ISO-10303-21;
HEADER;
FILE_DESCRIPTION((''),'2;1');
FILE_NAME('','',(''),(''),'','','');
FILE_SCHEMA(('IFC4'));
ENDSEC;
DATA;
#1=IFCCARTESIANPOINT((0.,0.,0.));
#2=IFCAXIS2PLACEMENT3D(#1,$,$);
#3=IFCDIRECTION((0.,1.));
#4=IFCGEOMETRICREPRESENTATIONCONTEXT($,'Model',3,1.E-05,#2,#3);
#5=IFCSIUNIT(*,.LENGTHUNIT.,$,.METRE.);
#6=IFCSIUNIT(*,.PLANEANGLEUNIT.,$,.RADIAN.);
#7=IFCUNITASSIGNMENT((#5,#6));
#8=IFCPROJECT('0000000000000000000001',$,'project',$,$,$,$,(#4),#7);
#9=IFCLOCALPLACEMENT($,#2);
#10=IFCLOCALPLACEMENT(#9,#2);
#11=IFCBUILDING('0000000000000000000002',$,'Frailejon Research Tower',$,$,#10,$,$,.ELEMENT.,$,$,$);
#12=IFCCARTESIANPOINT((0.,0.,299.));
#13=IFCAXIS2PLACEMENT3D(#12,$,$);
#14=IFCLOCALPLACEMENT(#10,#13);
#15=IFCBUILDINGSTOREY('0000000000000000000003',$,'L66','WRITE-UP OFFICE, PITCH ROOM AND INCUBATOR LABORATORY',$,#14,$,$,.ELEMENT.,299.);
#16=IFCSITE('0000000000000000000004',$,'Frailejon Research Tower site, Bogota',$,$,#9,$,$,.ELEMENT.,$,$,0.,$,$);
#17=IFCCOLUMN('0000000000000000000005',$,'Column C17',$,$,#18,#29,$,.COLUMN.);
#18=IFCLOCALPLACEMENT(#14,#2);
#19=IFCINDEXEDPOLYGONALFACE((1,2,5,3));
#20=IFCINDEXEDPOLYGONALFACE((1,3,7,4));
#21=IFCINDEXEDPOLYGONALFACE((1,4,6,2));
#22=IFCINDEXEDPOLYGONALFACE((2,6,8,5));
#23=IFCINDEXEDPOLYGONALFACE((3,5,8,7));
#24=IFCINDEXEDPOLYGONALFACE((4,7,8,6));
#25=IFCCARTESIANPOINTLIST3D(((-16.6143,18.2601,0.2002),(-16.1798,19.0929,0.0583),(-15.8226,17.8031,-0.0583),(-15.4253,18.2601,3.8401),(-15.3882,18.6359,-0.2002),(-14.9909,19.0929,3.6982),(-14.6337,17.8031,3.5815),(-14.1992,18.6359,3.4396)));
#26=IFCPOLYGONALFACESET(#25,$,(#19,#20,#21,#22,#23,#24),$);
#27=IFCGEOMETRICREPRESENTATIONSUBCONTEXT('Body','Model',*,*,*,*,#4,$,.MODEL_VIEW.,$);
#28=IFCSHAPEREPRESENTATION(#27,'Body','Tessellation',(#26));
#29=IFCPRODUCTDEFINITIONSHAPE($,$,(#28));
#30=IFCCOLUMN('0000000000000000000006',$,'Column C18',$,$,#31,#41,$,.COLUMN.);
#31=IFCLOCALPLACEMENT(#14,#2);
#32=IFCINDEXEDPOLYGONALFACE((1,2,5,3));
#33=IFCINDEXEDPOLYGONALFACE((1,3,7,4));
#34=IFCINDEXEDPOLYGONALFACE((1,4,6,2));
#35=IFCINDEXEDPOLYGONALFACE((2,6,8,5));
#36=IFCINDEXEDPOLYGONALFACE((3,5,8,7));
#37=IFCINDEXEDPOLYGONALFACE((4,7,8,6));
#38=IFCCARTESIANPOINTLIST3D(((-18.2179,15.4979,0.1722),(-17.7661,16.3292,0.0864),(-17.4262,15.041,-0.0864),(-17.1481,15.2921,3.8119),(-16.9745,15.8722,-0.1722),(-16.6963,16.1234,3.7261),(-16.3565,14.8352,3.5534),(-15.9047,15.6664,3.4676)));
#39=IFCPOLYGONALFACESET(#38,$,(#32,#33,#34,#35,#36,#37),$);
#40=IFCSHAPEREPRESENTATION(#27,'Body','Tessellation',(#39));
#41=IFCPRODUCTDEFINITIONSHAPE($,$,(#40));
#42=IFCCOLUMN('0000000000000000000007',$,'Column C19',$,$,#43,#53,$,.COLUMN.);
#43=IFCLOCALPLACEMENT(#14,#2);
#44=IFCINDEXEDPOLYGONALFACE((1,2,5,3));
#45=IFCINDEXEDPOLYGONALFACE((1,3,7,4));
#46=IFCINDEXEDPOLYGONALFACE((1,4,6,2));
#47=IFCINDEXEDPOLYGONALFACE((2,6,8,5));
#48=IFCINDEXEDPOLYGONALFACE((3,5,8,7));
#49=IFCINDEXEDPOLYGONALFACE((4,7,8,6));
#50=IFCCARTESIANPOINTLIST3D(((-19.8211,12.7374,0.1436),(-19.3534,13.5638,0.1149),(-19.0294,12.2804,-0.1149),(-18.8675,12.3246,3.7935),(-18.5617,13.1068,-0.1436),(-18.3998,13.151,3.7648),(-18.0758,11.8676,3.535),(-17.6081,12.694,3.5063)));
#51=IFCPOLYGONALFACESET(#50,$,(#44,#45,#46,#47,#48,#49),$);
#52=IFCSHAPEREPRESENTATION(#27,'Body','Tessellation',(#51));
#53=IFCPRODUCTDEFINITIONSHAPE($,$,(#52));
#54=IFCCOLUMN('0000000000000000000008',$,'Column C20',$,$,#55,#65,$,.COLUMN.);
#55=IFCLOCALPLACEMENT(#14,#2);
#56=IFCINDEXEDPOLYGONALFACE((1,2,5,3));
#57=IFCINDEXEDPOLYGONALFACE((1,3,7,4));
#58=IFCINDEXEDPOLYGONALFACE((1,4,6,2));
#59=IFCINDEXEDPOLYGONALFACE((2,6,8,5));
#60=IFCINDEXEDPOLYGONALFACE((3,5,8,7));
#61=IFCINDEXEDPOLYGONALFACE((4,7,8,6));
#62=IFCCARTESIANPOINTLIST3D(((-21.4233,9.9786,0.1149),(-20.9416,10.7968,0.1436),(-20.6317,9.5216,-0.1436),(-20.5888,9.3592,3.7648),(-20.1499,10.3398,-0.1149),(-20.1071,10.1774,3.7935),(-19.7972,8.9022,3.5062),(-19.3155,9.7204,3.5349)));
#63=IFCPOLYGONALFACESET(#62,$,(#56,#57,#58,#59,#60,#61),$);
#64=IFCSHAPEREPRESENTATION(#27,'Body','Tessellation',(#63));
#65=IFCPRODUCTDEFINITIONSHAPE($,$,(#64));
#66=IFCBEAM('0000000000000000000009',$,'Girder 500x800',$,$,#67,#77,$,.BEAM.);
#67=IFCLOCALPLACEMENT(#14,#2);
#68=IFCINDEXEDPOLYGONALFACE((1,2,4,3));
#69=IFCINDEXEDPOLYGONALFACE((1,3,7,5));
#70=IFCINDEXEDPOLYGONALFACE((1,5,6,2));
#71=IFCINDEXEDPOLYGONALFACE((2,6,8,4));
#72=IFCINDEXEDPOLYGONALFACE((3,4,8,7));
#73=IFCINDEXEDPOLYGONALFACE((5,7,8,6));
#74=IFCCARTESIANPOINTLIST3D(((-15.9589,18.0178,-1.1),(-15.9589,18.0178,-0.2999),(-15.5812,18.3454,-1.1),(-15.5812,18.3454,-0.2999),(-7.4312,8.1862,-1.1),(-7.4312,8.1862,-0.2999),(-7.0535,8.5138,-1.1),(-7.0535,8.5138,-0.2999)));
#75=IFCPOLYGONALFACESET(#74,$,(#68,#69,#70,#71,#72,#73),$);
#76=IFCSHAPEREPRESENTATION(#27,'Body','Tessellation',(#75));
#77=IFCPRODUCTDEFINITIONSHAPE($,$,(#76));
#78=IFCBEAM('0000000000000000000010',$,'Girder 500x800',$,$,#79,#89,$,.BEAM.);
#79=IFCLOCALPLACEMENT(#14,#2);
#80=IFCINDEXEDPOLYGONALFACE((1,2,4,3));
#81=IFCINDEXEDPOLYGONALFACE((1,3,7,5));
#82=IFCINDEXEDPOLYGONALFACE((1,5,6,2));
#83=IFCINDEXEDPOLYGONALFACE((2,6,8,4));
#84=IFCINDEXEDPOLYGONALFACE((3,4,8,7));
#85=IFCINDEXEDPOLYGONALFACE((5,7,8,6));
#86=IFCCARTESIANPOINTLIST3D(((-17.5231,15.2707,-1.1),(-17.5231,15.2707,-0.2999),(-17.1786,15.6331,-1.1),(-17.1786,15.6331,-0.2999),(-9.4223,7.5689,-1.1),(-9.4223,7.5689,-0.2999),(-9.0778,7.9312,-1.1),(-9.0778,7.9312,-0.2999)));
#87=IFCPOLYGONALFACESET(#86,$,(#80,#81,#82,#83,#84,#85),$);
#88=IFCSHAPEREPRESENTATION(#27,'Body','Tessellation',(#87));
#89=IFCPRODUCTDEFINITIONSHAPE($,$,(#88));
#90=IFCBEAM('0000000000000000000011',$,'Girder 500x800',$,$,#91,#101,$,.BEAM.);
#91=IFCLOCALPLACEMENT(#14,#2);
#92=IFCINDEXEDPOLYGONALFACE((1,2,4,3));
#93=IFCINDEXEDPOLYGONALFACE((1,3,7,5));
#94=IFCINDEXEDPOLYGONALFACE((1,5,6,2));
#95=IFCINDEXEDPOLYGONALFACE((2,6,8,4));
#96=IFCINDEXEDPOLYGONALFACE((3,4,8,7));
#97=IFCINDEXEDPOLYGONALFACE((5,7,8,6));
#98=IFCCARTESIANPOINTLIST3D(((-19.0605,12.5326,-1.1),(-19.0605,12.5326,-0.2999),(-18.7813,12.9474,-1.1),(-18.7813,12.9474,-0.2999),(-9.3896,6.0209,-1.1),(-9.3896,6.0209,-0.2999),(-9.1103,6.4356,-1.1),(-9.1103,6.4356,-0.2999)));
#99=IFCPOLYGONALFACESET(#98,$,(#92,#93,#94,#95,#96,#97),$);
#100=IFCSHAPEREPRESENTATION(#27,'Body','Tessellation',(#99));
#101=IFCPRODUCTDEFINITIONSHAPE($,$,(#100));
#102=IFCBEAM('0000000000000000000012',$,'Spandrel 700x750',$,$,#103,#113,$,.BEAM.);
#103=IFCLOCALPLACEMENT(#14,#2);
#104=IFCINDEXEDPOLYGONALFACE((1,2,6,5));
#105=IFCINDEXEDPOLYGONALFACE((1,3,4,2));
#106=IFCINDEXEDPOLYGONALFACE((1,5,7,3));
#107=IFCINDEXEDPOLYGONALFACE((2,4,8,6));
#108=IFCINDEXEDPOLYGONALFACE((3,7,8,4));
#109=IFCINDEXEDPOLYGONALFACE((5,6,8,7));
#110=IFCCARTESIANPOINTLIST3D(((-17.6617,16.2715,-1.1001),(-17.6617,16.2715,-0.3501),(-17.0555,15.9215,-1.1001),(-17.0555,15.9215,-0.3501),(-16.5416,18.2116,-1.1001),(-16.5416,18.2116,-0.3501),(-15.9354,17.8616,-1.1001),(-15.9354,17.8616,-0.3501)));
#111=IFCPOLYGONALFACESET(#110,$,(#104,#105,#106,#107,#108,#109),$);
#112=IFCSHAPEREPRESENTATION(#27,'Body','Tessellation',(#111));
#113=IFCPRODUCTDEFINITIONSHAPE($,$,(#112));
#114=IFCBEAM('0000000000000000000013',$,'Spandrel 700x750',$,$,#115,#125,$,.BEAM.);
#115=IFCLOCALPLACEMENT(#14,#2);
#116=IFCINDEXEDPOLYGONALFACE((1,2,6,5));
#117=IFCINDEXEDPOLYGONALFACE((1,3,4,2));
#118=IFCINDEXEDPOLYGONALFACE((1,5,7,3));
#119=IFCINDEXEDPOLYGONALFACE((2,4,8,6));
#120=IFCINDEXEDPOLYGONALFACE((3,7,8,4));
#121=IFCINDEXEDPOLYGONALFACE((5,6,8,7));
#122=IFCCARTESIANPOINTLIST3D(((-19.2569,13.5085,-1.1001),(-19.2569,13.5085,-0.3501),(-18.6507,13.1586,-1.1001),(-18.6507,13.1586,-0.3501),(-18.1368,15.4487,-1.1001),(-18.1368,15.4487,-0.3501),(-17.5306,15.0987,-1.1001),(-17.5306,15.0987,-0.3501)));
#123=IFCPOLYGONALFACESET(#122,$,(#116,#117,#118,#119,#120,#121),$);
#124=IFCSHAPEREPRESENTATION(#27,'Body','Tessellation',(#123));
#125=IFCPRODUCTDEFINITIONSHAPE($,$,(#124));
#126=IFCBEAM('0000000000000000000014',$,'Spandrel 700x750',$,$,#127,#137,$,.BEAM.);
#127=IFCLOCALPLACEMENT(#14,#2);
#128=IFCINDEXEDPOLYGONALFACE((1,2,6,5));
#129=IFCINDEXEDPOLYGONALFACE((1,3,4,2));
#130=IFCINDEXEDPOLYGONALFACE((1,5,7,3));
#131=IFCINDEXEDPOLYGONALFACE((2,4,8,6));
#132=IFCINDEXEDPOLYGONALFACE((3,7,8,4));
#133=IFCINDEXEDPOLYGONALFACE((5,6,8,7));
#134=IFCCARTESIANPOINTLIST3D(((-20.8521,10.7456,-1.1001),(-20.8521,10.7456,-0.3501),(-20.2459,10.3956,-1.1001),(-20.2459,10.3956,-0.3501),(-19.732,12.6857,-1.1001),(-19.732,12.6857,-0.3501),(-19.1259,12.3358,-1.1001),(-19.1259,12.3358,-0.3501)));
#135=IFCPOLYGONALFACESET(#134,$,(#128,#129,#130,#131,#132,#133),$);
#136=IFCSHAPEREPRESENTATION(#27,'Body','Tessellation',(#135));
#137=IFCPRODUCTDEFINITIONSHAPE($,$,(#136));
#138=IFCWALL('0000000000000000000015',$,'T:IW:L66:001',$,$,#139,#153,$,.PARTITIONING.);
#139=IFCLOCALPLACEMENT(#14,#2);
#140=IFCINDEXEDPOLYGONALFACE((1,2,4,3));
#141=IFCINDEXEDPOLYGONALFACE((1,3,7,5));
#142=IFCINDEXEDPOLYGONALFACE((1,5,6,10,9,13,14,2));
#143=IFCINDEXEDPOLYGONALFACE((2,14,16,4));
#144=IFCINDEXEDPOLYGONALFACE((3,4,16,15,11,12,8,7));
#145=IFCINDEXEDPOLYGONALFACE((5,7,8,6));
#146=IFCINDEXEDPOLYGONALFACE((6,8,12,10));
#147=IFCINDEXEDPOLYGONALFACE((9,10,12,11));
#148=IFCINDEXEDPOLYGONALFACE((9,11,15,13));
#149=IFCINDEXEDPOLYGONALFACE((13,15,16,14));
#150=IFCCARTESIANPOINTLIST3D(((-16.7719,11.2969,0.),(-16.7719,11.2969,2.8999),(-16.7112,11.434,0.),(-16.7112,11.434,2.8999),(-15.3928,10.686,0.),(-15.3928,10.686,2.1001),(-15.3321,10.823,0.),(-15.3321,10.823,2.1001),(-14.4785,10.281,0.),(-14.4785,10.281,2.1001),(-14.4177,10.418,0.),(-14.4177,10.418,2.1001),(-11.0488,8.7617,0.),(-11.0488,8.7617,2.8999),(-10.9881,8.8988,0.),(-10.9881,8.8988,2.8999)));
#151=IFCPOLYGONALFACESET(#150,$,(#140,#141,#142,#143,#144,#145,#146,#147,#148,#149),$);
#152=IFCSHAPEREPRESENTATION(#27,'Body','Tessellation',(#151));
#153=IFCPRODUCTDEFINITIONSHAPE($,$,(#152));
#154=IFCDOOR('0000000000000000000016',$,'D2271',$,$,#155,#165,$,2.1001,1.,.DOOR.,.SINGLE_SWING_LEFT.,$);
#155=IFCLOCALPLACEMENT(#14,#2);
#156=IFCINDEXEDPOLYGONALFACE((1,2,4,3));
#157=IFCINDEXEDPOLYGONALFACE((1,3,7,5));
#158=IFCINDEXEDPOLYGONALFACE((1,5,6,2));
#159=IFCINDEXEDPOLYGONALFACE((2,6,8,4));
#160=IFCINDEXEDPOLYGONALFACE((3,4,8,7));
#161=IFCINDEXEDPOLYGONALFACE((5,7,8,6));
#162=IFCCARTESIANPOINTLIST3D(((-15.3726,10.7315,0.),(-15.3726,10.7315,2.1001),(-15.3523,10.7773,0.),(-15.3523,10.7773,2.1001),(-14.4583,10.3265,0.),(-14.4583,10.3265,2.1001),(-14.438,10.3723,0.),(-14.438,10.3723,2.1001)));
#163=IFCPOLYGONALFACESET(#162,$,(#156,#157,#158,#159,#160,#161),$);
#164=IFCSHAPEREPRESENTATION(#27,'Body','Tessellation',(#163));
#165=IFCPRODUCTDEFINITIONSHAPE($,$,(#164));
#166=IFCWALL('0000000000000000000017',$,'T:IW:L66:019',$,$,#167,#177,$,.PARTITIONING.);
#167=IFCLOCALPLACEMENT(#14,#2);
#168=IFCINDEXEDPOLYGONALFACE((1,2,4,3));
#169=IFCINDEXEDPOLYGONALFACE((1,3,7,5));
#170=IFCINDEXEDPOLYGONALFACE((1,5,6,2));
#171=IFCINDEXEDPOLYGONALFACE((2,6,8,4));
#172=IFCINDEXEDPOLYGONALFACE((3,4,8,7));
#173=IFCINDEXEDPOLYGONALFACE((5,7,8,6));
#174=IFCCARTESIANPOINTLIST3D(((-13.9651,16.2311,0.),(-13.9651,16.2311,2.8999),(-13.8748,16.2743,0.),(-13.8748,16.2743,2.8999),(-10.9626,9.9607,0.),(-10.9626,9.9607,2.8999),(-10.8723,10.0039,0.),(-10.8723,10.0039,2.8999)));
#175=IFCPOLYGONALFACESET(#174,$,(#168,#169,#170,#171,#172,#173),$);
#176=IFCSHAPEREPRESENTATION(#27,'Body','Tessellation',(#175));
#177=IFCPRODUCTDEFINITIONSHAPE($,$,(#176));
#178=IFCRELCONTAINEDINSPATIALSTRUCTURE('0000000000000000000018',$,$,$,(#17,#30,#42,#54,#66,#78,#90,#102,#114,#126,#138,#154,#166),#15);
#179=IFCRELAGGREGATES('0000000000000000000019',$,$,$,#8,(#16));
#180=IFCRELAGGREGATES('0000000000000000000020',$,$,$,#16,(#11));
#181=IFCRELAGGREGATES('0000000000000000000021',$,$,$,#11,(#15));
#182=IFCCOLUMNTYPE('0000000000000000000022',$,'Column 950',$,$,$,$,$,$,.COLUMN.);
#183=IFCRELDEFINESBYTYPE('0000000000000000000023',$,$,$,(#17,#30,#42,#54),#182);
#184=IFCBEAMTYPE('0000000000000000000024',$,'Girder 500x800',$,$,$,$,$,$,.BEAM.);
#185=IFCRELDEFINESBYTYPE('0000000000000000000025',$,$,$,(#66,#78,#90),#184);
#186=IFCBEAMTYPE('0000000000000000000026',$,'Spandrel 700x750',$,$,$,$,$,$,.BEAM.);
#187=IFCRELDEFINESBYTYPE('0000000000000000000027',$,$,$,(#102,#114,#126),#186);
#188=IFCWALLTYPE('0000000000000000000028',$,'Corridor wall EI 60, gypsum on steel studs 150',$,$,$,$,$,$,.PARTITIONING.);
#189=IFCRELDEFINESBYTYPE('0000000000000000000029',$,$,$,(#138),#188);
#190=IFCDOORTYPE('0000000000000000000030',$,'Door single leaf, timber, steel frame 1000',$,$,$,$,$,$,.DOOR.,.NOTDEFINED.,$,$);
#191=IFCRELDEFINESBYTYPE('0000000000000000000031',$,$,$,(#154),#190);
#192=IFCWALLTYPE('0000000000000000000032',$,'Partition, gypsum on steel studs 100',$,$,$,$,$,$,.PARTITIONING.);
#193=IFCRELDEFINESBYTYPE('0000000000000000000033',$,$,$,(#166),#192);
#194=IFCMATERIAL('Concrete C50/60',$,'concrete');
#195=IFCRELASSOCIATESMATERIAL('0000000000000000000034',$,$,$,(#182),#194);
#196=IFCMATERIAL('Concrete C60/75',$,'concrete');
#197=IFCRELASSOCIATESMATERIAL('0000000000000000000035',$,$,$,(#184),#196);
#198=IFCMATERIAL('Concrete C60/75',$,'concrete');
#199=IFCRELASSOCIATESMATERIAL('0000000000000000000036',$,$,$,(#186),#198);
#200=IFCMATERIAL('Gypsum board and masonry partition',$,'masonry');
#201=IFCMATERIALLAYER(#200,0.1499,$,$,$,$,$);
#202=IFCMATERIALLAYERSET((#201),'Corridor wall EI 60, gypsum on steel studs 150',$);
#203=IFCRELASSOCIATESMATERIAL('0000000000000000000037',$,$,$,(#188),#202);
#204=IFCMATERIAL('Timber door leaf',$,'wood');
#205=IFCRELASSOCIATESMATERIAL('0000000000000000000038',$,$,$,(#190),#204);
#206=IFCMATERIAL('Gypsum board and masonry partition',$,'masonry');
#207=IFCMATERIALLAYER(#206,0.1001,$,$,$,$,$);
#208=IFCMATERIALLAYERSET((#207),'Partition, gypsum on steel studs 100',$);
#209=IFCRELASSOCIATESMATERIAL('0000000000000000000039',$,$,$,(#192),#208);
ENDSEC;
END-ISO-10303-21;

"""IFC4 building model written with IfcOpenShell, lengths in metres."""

from ifc_helpers import new_model, si_unit, direction, frame, frame_2d, origin, origin_2d, place, context, subcontext, project, spatial, rectangle, extrude, material, layer, layer_set, material_profile, profile_set, type_object, element, fill, save


model = new_model("IFC4")

# Units and contexts
model_context = context("Model", 3, precision=1e-05, world=origin(), true_north=direction((0.0, 1.0)))
body_context = subcontext(model_context, "Body", "Model", "MODEL_VIEW")
ifc_project = project(units=[si_unit("LENGTHUNIT", "METRE"), si_unit("PLANEANGLEUNIT", "RADIAN")], contexts=[model_context])

# Site, building, storey
site_placement = place(None, origin())
site = spatial("IfcSite", under=ifc_project, at=site_placement, Name="Frailejon Research Tower site, Bogota", CompositionType="ELEMENT", RefElevation=0.0)
building_placement = place(site_placement, origin())
building = spatial("IfcBuilding", under=site, at=building_placement, Name="Frailejon Research Tower", CompositionType="ELEMENT")
storey_placement = place(building_placement, frame((0.0, 0.0, 299.0)))
storey = spatial("IfcBuildingStorey", under=building, at=storey_placement, Name="L66", Description="WRITE-UP OFFICE, PITCH ROOM AND INCUBATOR LABORATORY", CompositionType="ELEMENT", Elevation=299.0)

# Columns
ifc_material_1 = material(Name="Concrete C50/60", Category="concrete")
ifc_material_profile_1 = material_profile(ifc_material_1, rectangle(XDim=0.95, YDim=0.95, at=origin_2d()), Name="Column 950")
ifc_profile_set_1 = profile_set([ifc_material_profile_1], Name="Concrete C50/60")
column_type = type_object("IfcColumnType", Name="Column 950", PredefinedType="COLUMN", material=ifc_profile_set_1)
column_1_placement = place(storey_placement, frame((-16.0012, 18.448, 0.0), z_axis=(0.310503, 0.0, 0.950572), x_axis=(-0.457344, -0.876652, 0.149391)))
element("IfcColumn", 1, at=column_1_placement, inside=storey, type_object=column_type, Name="Column C17", PredefinedType="COLUMN", context=body_context, shape_type="SweptSolid", body=[
    extrude(rectangle(XDim=0.95, YDim=0.95, at=origin_2d()), origin(), (0.0, 0.0, 1.0), 3.8291),
])
column_2_placement = place(storey_placement, frame((-17.5962, 15.6851, 0.0), z_axis=(0.281575, -0.054169, 0.958009), x_axis=(-0.475586, -0.875022, 0.090306)))
element("IfcColumn", 2, at=column_2_placement, inside=storey, type_object=column_type, Name="Column C18", PredefinedType="COLUMN", context=body_context, shape_type="SweptSolid", body=[
    extrude(rectangle(XDim=0.95, YDim=0.95, at=origin_2d()), origin(), (0.0, 0.0, 1.0), 3.7993),
])
for number, where, z_axis, x_axis, name in (
    (3, (-19.1914, 12.9221, 0.0), (0.251285, -0.108787, 0.96178), (-0.492313, -0.869893, 0.030233), "Column C19"),
    (4, (-20.7866, 10.1592, 0.0), (0.219889, -0.163212, 0.961775), (-0.507104, -0.861354, -0.030232), "Column C20"),
):
    element("IfcColumn", number, at=place(storey_placement, frame(where, z_axis=z_axis, x_axis=x_axis)), inside=storey, type_object=column_type, Name=name, PredefinedType="COLUMN", context=body_context, shape_type="SweptSolid", body=[
        extrude(rectangle(XDim=0.95, YDim=0.95, at=origin_2d()), origin(), (0.0, 0.0, 1.0), 3.7949),
    ])

# Beams
ifc_material_2 = material(Name="Concrete C60/75", Category="concrete")
ifc_material_profile_2 = material_profile(ifc_material_2, rectangle(XDim=0.5, YDim=0.8, at=origin_2d()), Name="Girder 500x800")
ifc_profile_set_2 = profile_set([ifc_material_profile_2], Name="Concrete C60/75")
beam_type_1 = type_object("IfcBeamType", Name="Girder 500x800", PredefinedType="BEAM", material=ifc_profile_set_2)
beam_1_placement = place(storey_placement, frame((-15.77, 18.1816, -0.7), z_axis=(0.655234, -0.755426, 0.0), x_axis=(0.755426, 0.655234, 0.0)))
element("IfcBeam", 5, at=beam_1_placement, inside=storey, type_object=beam_type_1, Name="Girder 500x800", PredefinedType="BEAM", context=body_context, shape_type="SweptSolid", body=[
    extrude(rectangle(XDim=0.5, YDim=0.8, at=origin_2d()), origin(), (0.0, 0.0, 1.0), 13.0146),
])
beam_2_placement = place(storey_placement, frame((-17.3508, 15.4519, -0.7), z_axis=(0.724726, -0.689037, 0.0), x_axis=(0.689037, 0.724726, 0.0)))
element("IfcBeam", 6, at=beam_2_placement, inside=storey, type_object=beam_type_1, Name="Girder 500x800", PredefinedType="BEAM", context=body_context, shape_type="SweptSolid", body=[
    extrude(rectangle(XDim=0.5, YDim=0.8, at=origin_2d()), origin(), (0.0, 0.0, 1.0), 11.1777),
])
beam_3_placement = place(storey_placement, frame((-18.9209, 12.74, -0.7), z_axis=(0.82949, -0.558522, 0.0), x_axis=(0.558522, 0.82949, 0.0)))
element("IfcBeam", 7, at=beam_3_placement, inside=storey, type_object=beam_type_1, Name="Girder 500x800", PredefinedType="BEAM", context=body_context, shape_type="SweptSolid", body=[
    extrude(rectangle(XDim=0.5, YDim=0.8, at=origin_2d()), origin(), (0.0, 0.0, 1.0), 11.6589),
])
ifc_material_3 = material(Name="Concrete C60/75", Category="concrete")
ifc_material_profile_3 = material_profile(ifc_material_3, rectangle(XDim=0.7, YDim=0.75, at=origin_2d()), Name="Spandrel 700x750")
ifc_profile_set_3 = profile_set([ifc_material_profile_3], Name="Concrete C60/75")
beam_type_2 = type_object("IfcBeamType", Name="Spandrel 700x750", PredefinedType="BEAM", material=ifc_profile_set_3)
for number, where, z_axis, x_axis, name in (
    (8, (-16.2385, 18.0366, -0.7251), (-0.499983, -0.866035, 0.0), (0.866035, -0.499983, 0.0), "Spandrel 700x750"),
    (9, (-17.8337, 15.2737, -0.7251), (-0.499983, -0.866035, 0.0), (0.866035, -0.499983, 0.0), "Spandrel 700x750"),
    (10, (-19.429, 12.5107, -0.7251), (-0.499983, -0.866035, 0.0), (0.866035, -0.499983, 0.0), "Spandrel 700x750"),
):
    element("IfcBeam", number, at=place(storey_placement, frame(where, z_axis=z_axis, x_axis=x_axis)), inside=storey, type_object=beam_type_2, Name=name, PredefinedType="BEAM", context=body_context, shape_type="SweptSolid", body=[
        extrude(rectangle(XDim=0.7, YDim=0.75, at=origin_2d()), origin(), (0.0, 0.0, 1.0), 2.2402),
    ])

# Wall, opening, door
ifc_material_4 = material(Name="Gypsum board and masonry partition", Category="masonry")
ifc_layer_1 = layer(ifc_material_4, 0.1499)
ifc_layer_set_1 = layer_set([ifc_layer_1], Name="Corridor wall EI 60, gypsum on steel studs 150")
wall_type_1 = type_object("IfcWallType", Name="Corridor wall EI 60, gypsum on steel studs 150", PredefinedType="PARTITIONING", material=ifc_layer_set_1)
wall_1_placement = place(storey_placement, frame((-16.7417, 11.3655, 0.0), z_axis=(0.0, 0.0, 1.0), x_axis=(0.914313, -0.405009, 0.0)))
wall_1 = element("IfcWall", 11, at=wall_1_placement, inside=storey, type_object=wall_type_1, Name="T:IW:L66:001", PredefinedType="PARTITIONING", context=body_context, shape_type="SweptSolid", body=[
    extrude(rectangle(XDim=6.2595, YDim=0.1499, at=frame_2d((3.1299, 0.0))), origin(), (0.0, 0.0, 1.0), 2.8999),
])
opening_1_placement = place(wall_1_placement, frame((1.5085, 0.0, 0.0)))
opening_1 = element("IfcOpeningElement", 12, at=opening_1_placement, cuts=wall_1, PredefinedType="OPENING", context=body_context, shape_type="SweptSolid", body=[
    extrude(rectangle(XDim=1.0, YDim=2.1001, at=frame_2d((0.5, 1.05))), frame((0.0, 0.085, 0.0), z_axis=(0.0, -1.0, 0.0), x_axis=(1.0, 0.0, 0.0)), (0.0, 0.0, 1.0), 0.1699),
])
ifc_material_5 = material(Name="Timber door leaf", Category="wood")
door_type_1 = type_object("IfcDoorType", Name="Door single leaf, timber, steel frame 1000", OperationType="NOTDEFINED", PredefinedType="DOOR", material=ifc_material_5)
door_1_placement = place(opening_1_placement, origin())
door_1 = element("IfcDoor", 13, at=door_1_placement, inside=storey, type_object=door_type_1, Name="D2271", OperationType="SINGLE_SWING_LEFT", OverallHeight=2.1001, OverallWidth=1.0, PredefinedType="DOOR", context=body_context, shape_type="SweptSolid", body=[
    extrude(rectangle(XDim=1.0, YDim=2.1001, at=frame_2d((0.5, 1.05))), frame((0.0, 0.0249, 0.0), z_axis=(0.0, -1.0, 0.0), x_axis=(1.0, 0.0, 0.0)), (0.0, 0.0, 1.0), 0.05),
])
fill(opening_1, door_1)

# Wall
ifc_material_6 = material(Name="Gypsum board and masonry partition", Category="masonry")
ifc_layer_2 = layer(ifc_material_6, 0.1001)
ifc_layer_set_2 = layer_set([ifc_layer_2], Name="Partition, gypsum on steel studs 100")
wall_type_2 = type_object("IfcWallType", Name="Partition, gypsum on steel studs 100", PredefinedType="PARTITIONING", material=ifc_layer_set_2)
wall_2_placement = place(storey_placement, frame((-13.9199, 16.2527, 0.0), z_axis=(0.0, 0.0, 1.0), x_axis=(0.431879, -0.901931, 0.0)))
element("IfcWall", 14, at=wall_2_placement, inside=storey, type_object=wall_type_2, Name="T:IW:L66:019", PredefinedType="PARTITIONING", context=body_context, shape_type="SweptSolid", body=[
    extrude(rectangle(XDim=6.9521, YDim=0.1001, at=frame_2d((3.4761, 0.0))), origin(), (0.0, 0.0, 1.0), 2.8999),
])

save(model, "model.ifc")
